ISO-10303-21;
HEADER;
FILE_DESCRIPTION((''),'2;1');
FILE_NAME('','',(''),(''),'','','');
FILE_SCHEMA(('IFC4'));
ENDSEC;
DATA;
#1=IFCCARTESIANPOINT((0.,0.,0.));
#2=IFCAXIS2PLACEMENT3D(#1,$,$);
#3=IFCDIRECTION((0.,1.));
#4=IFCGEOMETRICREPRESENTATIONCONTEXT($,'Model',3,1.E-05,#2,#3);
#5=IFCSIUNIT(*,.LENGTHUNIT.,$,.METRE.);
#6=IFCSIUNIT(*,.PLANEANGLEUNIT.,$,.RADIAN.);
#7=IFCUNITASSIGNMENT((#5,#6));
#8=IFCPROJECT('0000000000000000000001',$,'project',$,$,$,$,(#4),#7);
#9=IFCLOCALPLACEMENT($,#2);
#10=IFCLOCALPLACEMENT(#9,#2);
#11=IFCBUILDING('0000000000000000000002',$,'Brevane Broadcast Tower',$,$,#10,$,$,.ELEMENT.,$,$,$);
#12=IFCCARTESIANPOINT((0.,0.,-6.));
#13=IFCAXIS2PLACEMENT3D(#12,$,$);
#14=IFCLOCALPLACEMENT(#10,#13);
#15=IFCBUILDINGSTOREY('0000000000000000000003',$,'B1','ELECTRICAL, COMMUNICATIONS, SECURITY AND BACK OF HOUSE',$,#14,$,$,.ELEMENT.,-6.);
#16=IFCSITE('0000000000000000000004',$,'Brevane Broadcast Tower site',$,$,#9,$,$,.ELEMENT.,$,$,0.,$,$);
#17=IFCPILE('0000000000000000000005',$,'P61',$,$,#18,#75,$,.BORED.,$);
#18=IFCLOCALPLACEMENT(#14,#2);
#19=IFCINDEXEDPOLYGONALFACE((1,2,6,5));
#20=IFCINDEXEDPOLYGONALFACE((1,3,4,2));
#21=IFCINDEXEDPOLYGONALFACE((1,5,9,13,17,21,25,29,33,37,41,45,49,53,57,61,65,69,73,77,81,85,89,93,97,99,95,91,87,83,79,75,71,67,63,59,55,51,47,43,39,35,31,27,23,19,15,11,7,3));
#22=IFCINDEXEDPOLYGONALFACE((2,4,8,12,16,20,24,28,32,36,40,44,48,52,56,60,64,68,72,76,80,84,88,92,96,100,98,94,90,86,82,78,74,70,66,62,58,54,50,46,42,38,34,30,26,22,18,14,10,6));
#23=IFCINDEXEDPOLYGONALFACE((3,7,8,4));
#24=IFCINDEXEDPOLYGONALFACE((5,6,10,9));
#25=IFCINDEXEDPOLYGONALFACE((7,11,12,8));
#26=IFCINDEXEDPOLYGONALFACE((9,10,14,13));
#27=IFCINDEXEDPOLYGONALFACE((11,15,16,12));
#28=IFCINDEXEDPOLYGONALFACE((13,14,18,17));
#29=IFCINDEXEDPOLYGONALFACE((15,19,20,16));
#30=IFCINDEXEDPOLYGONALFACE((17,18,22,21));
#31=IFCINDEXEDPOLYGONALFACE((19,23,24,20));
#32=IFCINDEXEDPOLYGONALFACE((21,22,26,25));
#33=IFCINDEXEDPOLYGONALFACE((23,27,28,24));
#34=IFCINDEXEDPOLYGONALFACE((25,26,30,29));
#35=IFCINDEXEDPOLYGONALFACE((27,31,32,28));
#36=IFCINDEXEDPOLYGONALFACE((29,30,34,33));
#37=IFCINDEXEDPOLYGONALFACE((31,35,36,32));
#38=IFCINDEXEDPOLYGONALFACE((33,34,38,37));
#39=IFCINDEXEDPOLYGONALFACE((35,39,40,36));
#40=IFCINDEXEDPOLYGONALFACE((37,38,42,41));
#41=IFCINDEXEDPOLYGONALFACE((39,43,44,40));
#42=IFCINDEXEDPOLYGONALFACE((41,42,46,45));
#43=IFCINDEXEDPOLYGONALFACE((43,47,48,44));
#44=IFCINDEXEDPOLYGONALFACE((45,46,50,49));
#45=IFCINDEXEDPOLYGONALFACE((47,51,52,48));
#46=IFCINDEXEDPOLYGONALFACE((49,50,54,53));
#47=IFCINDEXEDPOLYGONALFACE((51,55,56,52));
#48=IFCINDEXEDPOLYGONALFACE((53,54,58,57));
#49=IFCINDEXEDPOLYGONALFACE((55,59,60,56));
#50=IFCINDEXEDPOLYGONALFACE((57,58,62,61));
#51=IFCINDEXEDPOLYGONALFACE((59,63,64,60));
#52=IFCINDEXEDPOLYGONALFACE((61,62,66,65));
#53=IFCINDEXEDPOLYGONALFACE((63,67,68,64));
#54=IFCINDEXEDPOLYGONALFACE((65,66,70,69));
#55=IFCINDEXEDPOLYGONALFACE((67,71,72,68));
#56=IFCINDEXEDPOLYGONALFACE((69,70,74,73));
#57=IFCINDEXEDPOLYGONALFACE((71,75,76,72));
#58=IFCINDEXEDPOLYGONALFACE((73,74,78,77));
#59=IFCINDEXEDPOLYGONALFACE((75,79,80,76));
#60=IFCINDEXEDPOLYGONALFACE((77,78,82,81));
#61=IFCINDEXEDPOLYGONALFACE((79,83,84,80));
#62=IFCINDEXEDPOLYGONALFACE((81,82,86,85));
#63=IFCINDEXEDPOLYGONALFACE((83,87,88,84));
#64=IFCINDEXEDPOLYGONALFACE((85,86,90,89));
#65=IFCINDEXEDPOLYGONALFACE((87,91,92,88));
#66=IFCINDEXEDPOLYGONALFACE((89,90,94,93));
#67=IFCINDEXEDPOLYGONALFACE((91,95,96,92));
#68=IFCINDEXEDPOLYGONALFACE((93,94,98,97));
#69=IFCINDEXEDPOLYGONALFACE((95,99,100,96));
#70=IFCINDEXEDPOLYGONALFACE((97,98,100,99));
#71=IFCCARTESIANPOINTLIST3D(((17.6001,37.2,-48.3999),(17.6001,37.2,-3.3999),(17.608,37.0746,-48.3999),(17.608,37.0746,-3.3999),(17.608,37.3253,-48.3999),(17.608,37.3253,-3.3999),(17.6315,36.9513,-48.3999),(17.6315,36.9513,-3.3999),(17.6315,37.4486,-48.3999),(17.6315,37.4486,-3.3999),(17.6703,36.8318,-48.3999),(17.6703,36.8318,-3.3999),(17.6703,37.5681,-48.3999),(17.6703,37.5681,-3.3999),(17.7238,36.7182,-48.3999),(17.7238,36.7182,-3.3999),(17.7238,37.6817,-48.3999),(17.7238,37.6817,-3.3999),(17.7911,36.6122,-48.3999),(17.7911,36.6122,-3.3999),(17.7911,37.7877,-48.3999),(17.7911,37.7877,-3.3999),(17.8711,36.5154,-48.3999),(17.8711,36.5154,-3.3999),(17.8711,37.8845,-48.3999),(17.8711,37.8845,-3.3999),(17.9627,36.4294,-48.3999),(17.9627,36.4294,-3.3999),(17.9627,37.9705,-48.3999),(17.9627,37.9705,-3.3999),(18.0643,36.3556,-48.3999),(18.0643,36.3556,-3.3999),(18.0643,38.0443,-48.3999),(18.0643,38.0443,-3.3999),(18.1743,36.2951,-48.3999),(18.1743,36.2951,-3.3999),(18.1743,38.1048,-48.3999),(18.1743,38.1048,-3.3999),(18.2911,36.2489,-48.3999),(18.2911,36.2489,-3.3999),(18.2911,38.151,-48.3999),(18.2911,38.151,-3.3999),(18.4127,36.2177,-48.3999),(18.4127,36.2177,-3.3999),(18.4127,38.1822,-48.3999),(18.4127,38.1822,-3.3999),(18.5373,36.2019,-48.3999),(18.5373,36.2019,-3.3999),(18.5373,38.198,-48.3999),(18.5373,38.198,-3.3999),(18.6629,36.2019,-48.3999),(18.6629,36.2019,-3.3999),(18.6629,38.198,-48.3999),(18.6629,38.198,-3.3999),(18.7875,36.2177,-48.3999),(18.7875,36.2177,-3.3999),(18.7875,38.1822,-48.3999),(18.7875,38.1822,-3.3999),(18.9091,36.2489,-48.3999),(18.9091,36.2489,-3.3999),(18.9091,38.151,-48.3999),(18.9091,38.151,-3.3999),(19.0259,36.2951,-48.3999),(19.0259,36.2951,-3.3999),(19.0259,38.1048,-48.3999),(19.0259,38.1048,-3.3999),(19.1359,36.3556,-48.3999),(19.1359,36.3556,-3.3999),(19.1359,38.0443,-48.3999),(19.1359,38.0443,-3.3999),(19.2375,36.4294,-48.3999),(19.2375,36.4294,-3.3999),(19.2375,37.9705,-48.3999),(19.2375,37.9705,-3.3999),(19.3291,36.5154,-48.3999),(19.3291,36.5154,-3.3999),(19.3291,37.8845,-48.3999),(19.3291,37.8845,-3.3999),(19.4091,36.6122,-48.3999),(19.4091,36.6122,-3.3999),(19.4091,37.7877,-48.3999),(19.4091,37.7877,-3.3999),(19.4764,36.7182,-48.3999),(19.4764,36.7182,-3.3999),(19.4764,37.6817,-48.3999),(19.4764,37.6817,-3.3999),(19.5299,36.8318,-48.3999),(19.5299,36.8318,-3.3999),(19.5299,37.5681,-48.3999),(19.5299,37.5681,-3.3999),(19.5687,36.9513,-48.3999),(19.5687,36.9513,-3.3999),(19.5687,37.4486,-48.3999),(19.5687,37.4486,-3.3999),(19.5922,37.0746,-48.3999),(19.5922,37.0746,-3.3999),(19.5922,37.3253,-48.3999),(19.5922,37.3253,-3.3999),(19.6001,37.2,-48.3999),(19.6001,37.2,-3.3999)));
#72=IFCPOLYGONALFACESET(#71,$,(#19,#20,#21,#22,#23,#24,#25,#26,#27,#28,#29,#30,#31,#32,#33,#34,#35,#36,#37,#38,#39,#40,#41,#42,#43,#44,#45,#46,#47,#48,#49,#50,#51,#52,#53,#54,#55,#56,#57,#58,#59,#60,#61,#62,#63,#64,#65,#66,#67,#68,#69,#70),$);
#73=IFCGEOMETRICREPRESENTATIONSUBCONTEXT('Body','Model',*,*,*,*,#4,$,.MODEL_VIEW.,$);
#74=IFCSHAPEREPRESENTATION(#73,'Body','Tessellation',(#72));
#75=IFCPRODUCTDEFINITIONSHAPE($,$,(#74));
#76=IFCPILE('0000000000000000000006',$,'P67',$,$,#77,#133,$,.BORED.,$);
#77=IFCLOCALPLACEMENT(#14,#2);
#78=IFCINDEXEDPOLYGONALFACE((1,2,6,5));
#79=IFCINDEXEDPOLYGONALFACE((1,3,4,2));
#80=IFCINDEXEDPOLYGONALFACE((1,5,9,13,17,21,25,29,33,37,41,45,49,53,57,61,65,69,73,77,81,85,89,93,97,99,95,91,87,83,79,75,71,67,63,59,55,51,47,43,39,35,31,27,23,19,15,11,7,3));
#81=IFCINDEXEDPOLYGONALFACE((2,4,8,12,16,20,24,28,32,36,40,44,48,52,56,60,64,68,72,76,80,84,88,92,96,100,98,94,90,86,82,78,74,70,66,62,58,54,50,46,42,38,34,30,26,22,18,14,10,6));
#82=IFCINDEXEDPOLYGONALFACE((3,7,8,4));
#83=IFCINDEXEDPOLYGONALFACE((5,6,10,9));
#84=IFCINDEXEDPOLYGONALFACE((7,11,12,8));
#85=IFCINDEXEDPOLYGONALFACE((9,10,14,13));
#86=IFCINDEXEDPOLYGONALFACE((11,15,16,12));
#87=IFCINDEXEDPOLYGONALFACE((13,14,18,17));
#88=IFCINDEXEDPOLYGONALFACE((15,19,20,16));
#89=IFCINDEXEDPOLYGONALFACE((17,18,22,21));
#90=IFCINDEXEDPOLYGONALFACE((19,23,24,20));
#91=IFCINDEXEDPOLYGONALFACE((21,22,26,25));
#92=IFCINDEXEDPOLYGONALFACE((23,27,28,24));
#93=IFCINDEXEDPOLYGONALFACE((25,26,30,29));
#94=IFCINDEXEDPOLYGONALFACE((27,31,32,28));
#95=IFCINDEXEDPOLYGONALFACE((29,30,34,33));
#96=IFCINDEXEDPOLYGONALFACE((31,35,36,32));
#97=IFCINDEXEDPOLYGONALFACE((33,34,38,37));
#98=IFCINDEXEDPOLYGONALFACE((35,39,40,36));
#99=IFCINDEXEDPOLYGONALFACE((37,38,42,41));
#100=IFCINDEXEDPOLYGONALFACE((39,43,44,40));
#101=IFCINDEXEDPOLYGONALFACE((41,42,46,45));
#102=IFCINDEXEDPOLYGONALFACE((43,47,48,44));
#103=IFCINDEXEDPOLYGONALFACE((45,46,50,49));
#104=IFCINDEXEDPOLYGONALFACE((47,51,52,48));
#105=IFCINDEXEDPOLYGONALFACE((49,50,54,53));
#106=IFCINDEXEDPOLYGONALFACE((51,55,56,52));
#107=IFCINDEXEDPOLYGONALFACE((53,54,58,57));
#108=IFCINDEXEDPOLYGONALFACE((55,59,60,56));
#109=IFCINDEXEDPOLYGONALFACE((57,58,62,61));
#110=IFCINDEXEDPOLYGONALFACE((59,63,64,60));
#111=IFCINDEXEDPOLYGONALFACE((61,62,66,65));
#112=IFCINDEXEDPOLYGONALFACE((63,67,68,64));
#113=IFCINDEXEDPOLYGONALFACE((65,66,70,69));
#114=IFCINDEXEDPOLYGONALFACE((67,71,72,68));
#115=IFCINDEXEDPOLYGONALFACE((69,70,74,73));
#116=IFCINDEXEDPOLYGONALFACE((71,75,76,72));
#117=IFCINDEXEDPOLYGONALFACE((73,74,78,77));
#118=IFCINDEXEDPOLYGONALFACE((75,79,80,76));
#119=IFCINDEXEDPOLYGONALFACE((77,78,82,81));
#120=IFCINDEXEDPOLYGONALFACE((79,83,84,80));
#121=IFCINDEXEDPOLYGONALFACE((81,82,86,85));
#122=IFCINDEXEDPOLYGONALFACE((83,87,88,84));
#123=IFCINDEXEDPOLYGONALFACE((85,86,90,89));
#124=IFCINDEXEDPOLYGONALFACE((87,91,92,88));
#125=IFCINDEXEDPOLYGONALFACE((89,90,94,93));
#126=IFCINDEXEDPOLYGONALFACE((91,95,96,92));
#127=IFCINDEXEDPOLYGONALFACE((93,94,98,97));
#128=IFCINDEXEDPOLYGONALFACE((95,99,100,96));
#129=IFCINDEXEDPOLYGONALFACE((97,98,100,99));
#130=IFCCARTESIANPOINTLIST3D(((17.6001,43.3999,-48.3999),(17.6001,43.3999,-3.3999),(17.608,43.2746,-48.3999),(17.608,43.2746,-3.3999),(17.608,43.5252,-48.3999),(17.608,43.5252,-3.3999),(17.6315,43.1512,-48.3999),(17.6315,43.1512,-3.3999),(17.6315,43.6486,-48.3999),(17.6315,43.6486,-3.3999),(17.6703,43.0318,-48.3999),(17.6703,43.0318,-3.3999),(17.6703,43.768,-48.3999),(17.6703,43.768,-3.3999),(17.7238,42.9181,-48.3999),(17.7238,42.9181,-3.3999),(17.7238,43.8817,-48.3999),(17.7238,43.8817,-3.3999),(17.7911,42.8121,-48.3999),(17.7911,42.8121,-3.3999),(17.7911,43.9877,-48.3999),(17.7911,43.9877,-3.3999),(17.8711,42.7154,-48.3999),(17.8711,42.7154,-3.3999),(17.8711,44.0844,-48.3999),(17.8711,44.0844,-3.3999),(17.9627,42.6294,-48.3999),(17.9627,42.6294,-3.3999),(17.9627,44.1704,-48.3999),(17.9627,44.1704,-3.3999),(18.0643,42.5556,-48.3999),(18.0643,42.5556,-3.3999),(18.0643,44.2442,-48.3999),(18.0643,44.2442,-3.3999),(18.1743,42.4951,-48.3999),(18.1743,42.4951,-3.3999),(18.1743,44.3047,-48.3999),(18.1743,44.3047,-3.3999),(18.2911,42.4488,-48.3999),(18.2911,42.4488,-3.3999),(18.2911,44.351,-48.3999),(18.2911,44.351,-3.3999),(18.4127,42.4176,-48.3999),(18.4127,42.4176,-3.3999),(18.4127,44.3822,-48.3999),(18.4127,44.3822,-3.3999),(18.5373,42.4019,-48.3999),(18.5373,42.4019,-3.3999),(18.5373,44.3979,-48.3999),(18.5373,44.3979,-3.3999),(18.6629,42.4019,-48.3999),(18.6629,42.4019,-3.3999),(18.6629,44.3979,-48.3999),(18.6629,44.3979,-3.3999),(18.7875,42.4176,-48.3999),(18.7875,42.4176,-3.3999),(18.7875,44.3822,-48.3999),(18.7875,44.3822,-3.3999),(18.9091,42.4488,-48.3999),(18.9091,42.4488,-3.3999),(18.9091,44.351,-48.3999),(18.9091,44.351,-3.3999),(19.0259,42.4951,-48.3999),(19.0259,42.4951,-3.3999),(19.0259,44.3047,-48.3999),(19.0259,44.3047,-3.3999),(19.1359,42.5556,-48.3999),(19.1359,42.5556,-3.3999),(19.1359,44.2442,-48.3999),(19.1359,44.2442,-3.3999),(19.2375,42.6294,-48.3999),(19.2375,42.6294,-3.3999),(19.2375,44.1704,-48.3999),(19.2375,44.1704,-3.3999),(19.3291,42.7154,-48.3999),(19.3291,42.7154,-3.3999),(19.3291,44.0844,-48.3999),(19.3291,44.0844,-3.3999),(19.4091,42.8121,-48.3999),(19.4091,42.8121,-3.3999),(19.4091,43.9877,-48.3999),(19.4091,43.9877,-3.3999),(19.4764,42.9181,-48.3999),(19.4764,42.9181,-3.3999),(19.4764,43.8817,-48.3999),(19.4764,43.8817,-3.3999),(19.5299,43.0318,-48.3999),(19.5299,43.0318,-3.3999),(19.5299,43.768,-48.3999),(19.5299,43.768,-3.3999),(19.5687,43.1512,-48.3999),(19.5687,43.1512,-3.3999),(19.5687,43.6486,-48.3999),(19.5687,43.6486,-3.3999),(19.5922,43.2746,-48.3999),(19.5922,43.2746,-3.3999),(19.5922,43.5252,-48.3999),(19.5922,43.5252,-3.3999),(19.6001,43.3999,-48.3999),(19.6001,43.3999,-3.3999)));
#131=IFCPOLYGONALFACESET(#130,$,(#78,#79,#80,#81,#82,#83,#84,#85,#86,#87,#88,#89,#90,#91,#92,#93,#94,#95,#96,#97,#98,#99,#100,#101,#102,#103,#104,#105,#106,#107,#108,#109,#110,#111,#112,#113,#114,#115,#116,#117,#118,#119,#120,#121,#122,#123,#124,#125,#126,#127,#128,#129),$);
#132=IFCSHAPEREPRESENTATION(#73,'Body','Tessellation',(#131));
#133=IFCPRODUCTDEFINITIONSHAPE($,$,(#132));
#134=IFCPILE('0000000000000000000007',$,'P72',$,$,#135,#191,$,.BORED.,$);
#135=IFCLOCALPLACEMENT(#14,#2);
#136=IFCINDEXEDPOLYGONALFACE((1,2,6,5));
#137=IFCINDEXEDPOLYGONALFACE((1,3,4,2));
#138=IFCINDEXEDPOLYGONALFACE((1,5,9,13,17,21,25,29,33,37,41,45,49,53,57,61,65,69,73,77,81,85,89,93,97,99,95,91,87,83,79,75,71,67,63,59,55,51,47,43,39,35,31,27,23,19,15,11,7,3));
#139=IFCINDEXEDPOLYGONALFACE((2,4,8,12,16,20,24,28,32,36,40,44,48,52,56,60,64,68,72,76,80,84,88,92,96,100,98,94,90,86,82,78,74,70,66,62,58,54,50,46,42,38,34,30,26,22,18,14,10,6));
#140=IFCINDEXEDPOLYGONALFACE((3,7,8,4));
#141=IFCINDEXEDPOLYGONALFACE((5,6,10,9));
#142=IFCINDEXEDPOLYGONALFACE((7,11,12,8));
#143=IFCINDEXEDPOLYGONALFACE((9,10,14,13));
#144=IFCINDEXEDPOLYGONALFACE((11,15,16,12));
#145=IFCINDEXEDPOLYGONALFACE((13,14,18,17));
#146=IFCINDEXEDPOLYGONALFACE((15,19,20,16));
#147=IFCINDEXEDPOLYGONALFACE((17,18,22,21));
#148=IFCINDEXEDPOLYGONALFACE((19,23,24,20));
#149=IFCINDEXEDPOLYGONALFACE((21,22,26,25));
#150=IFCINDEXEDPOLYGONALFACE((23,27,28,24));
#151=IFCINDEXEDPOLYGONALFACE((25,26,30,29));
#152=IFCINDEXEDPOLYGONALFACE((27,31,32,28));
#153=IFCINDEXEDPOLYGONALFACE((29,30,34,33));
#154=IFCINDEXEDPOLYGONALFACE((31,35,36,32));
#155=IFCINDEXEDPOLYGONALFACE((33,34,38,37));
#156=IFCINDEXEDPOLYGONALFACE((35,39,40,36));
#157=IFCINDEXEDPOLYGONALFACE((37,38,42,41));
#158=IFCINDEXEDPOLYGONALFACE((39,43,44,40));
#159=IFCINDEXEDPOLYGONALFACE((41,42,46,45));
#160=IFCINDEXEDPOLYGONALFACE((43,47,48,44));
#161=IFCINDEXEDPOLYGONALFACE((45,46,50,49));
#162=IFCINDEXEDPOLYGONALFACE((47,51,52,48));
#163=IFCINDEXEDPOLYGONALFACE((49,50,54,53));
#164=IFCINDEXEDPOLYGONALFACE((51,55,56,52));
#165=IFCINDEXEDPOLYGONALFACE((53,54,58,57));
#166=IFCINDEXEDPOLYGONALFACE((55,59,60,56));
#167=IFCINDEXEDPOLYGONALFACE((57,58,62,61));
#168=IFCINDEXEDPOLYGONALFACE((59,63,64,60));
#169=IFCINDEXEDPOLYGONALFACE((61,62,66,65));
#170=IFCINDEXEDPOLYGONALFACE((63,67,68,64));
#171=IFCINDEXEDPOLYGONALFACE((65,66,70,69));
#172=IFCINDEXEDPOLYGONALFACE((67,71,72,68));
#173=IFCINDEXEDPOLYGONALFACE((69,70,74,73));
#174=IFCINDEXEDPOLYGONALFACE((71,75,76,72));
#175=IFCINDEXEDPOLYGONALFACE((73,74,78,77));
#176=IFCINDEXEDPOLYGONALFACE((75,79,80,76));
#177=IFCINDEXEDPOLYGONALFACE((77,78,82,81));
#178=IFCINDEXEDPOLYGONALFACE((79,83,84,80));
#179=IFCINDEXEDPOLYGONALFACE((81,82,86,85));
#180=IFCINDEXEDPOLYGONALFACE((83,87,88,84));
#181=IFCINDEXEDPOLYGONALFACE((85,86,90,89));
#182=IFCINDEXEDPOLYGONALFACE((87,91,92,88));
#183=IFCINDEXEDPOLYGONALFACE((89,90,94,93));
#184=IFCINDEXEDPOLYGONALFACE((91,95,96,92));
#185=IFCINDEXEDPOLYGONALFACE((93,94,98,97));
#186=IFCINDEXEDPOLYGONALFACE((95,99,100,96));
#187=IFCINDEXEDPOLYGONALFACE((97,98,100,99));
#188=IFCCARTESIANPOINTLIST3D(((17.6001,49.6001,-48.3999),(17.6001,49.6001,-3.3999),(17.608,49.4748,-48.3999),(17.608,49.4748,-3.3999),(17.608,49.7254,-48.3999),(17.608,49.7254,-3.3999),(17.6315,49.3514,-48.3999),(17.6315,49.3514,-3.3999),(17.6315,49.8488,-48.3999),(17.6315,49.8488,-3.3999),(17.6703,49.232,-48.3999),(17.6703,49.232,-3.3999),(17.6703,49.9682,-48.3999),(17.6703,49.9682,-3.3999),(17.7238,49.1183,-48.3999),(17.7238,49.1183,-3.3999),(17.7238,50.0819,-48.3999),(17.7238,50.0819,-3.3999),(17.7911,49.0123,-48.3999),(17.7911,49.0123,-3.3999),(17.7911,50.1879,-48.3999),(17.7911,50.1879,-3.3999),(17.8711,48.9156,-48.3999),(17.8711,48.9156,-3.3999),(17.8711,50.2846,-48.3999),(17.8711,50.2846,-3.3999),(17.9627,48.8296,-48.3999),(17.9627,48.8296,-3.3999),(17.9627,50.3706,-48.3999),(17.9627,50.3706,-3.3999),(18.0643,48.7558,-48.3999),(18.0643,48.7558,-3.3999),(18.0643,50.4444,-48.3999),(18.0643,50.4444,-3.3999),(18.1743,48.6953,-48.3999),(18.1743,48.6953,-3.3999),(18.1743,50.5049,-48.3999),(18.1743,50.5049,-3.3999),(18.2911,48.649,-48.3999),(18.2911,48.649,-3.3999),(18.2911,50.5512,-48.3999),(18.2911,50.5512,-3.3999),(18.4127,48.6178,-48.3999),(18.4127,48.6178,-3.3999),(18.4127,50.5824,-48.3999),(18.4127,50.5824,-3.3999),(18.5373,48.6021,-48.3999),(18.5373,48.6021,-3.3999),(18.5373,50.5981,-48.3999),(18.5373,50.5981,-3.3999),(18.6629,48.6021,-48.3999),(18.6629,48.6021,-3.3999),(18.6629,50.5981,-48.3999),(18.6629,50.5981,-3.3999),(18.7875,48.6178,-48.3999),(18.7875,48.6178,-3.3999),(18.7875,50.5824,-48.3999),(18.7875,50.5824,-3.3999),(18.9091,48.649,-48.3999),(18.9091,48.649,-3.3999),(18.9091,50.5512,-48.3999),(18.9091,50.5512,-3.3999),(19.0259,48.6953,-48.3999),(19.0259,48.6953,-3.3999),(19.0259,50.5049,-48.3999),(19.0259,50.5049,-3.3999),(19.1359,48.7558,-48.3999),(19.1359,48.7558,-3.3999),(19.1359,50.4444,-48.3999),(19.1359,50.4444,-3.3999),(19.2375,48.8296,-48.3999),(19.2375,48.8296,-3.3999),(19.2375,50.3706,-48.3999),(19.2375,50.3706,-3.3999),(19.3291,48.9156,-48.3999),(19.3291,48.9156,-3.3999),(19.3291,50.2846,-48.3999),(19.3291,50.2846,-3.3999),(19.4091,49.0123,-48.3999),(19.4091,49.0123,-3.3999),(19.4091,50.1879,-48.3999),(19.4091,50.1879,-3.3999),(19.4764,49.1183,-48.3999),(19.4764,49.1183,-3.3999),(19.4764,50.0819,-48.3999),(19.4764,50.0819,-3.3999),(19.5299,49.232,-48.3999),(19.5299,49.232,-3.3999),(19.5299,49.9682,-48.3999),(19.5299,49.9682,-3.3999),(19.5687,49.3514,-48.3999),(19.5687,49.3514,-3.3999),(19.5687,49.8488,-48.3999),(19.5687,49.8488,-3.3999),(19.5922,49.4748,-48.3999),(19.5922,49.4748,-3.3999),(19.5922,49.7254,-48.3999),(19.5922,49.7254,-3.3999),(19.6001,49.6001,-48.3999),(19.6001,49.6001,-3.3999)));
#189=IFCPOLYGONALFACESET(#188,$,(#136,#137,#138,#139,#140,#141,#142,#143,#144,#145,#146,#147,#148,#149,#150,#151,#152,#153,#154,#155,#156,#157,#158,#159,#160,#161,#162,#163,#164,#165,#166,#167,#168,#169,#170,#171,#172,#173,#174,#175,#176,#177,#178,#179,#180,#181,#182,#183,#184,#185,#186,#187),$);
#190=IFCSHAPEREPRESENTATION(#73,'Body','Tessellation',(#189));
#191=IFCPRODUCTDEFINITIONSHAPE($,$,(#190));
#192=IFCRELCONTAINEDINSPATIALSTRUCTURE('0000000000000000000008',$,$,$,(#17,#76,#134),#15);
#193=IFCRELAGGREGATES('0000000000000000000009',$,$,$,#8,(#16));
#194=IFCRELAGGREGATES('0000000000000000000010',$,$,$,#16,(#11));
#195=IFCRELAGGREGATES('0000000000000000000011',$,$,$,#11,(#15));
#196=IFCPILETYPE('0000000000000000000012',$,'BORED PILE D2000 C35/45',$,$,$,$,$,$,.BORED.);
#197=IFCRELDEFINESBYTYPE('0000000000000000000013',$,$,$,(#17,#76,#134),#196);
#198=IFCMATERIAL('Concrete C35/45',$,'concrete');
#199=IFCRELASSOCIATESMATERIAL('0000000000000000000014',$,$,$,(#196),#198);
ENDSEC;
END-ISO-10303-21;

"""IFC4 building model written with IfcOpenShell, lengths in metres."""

from ifc_helpers import new_model, si_unit, direction, frame, origin, origin_2d, place, context, subcontext, project, spatial, circle, extrude, material, material_profile, profile_set, type_object, element, save


model = new_model("IFC4")

# Units and contexts
model_context = context("Model", 3, precision=1e-05, world=origin(), true_north=direction((0.0, 1.0)))
body_context = subcontext(model_context, "Body", "Model", "MODEL_VIEW")
ifc_project = project(units=[si_unit("LENGTHUNIT", "METRE"), si_unit("PLANEANGLEUNIT", "RADIAN")], contexts=[model_context])

# Site, building, storey
site_placement = place(None, origin())
site = spatial("IfcSite", under=ifc_project, at=site_placement, Name="Brevane Broadcast Tower site", CompositionType="ELEMENT", RefElevation=0.0)
building_placement = place(site_placement, origin())
building = spatial("IfcBuilding", under=site, at=building_placement, Name="Brevane Broadcast Tower", CompositionType="ELEMENT")
storey_placement = place(building_placement, frame((0.0, 0.0, -6.0)))
storey = spatial("IfcBuildingStorey", under=building, at=storey_placement, Name="B1", Description="ELECTRICAL, COMMUNICATIONS, SECURITY AND BACK OF HOUSE", CompositionType="ELEMENT", Elevation=-6.0)

# Piles
ifc_material_1 = material(Name="Concrete C35/45", Category="concrete")
ifc_material_profile_1 = material_profile(ifc_material_1, circle(Radius=1.0, at=origin_2d()), Name="RC D2000")
ifc_profile_set_1 = profile_set([ifc_material_profile_1], Name="Concrete C35/45")
pile_type = type_object("IfcPileType", Name="BORED PILE D2000 C35/45", PredefinedType="BORED", material=ifc_profile_set_1)
for number, where, z_axis, x_axis, name in (
    (1, (18.6001, 37.2, -3.3999), (0.0, 0.0, -1.0), (1.0, 0.0, 0.0), "P61"),
    (2, (18.6001, 43.3999, -3.3999), (0.0, 0.0, -1.0), (1.0, 0.0, 0.0), "P67"),
    (3, (18.6001, 49.6001, -3.3999), (0.0, 0.0, -1.0), (1.0, 0.0, 0.0), "P72"),
):
    element("IfcPile", number, at=place(storey_placement, frame(where, z_axis=z_axis, x_axis=x_axis)), inside=storey, type_object=pile_type, Name=name, PredefinedType="BORED", context=body_context, shape_type="SweptSolid", body=[
        extrude(circle(Radius=1.0, at=origin_2d()), origin(), (0.0, 0.0, 1.0), 45.0),
    ])

save(model, "model.ifc")
